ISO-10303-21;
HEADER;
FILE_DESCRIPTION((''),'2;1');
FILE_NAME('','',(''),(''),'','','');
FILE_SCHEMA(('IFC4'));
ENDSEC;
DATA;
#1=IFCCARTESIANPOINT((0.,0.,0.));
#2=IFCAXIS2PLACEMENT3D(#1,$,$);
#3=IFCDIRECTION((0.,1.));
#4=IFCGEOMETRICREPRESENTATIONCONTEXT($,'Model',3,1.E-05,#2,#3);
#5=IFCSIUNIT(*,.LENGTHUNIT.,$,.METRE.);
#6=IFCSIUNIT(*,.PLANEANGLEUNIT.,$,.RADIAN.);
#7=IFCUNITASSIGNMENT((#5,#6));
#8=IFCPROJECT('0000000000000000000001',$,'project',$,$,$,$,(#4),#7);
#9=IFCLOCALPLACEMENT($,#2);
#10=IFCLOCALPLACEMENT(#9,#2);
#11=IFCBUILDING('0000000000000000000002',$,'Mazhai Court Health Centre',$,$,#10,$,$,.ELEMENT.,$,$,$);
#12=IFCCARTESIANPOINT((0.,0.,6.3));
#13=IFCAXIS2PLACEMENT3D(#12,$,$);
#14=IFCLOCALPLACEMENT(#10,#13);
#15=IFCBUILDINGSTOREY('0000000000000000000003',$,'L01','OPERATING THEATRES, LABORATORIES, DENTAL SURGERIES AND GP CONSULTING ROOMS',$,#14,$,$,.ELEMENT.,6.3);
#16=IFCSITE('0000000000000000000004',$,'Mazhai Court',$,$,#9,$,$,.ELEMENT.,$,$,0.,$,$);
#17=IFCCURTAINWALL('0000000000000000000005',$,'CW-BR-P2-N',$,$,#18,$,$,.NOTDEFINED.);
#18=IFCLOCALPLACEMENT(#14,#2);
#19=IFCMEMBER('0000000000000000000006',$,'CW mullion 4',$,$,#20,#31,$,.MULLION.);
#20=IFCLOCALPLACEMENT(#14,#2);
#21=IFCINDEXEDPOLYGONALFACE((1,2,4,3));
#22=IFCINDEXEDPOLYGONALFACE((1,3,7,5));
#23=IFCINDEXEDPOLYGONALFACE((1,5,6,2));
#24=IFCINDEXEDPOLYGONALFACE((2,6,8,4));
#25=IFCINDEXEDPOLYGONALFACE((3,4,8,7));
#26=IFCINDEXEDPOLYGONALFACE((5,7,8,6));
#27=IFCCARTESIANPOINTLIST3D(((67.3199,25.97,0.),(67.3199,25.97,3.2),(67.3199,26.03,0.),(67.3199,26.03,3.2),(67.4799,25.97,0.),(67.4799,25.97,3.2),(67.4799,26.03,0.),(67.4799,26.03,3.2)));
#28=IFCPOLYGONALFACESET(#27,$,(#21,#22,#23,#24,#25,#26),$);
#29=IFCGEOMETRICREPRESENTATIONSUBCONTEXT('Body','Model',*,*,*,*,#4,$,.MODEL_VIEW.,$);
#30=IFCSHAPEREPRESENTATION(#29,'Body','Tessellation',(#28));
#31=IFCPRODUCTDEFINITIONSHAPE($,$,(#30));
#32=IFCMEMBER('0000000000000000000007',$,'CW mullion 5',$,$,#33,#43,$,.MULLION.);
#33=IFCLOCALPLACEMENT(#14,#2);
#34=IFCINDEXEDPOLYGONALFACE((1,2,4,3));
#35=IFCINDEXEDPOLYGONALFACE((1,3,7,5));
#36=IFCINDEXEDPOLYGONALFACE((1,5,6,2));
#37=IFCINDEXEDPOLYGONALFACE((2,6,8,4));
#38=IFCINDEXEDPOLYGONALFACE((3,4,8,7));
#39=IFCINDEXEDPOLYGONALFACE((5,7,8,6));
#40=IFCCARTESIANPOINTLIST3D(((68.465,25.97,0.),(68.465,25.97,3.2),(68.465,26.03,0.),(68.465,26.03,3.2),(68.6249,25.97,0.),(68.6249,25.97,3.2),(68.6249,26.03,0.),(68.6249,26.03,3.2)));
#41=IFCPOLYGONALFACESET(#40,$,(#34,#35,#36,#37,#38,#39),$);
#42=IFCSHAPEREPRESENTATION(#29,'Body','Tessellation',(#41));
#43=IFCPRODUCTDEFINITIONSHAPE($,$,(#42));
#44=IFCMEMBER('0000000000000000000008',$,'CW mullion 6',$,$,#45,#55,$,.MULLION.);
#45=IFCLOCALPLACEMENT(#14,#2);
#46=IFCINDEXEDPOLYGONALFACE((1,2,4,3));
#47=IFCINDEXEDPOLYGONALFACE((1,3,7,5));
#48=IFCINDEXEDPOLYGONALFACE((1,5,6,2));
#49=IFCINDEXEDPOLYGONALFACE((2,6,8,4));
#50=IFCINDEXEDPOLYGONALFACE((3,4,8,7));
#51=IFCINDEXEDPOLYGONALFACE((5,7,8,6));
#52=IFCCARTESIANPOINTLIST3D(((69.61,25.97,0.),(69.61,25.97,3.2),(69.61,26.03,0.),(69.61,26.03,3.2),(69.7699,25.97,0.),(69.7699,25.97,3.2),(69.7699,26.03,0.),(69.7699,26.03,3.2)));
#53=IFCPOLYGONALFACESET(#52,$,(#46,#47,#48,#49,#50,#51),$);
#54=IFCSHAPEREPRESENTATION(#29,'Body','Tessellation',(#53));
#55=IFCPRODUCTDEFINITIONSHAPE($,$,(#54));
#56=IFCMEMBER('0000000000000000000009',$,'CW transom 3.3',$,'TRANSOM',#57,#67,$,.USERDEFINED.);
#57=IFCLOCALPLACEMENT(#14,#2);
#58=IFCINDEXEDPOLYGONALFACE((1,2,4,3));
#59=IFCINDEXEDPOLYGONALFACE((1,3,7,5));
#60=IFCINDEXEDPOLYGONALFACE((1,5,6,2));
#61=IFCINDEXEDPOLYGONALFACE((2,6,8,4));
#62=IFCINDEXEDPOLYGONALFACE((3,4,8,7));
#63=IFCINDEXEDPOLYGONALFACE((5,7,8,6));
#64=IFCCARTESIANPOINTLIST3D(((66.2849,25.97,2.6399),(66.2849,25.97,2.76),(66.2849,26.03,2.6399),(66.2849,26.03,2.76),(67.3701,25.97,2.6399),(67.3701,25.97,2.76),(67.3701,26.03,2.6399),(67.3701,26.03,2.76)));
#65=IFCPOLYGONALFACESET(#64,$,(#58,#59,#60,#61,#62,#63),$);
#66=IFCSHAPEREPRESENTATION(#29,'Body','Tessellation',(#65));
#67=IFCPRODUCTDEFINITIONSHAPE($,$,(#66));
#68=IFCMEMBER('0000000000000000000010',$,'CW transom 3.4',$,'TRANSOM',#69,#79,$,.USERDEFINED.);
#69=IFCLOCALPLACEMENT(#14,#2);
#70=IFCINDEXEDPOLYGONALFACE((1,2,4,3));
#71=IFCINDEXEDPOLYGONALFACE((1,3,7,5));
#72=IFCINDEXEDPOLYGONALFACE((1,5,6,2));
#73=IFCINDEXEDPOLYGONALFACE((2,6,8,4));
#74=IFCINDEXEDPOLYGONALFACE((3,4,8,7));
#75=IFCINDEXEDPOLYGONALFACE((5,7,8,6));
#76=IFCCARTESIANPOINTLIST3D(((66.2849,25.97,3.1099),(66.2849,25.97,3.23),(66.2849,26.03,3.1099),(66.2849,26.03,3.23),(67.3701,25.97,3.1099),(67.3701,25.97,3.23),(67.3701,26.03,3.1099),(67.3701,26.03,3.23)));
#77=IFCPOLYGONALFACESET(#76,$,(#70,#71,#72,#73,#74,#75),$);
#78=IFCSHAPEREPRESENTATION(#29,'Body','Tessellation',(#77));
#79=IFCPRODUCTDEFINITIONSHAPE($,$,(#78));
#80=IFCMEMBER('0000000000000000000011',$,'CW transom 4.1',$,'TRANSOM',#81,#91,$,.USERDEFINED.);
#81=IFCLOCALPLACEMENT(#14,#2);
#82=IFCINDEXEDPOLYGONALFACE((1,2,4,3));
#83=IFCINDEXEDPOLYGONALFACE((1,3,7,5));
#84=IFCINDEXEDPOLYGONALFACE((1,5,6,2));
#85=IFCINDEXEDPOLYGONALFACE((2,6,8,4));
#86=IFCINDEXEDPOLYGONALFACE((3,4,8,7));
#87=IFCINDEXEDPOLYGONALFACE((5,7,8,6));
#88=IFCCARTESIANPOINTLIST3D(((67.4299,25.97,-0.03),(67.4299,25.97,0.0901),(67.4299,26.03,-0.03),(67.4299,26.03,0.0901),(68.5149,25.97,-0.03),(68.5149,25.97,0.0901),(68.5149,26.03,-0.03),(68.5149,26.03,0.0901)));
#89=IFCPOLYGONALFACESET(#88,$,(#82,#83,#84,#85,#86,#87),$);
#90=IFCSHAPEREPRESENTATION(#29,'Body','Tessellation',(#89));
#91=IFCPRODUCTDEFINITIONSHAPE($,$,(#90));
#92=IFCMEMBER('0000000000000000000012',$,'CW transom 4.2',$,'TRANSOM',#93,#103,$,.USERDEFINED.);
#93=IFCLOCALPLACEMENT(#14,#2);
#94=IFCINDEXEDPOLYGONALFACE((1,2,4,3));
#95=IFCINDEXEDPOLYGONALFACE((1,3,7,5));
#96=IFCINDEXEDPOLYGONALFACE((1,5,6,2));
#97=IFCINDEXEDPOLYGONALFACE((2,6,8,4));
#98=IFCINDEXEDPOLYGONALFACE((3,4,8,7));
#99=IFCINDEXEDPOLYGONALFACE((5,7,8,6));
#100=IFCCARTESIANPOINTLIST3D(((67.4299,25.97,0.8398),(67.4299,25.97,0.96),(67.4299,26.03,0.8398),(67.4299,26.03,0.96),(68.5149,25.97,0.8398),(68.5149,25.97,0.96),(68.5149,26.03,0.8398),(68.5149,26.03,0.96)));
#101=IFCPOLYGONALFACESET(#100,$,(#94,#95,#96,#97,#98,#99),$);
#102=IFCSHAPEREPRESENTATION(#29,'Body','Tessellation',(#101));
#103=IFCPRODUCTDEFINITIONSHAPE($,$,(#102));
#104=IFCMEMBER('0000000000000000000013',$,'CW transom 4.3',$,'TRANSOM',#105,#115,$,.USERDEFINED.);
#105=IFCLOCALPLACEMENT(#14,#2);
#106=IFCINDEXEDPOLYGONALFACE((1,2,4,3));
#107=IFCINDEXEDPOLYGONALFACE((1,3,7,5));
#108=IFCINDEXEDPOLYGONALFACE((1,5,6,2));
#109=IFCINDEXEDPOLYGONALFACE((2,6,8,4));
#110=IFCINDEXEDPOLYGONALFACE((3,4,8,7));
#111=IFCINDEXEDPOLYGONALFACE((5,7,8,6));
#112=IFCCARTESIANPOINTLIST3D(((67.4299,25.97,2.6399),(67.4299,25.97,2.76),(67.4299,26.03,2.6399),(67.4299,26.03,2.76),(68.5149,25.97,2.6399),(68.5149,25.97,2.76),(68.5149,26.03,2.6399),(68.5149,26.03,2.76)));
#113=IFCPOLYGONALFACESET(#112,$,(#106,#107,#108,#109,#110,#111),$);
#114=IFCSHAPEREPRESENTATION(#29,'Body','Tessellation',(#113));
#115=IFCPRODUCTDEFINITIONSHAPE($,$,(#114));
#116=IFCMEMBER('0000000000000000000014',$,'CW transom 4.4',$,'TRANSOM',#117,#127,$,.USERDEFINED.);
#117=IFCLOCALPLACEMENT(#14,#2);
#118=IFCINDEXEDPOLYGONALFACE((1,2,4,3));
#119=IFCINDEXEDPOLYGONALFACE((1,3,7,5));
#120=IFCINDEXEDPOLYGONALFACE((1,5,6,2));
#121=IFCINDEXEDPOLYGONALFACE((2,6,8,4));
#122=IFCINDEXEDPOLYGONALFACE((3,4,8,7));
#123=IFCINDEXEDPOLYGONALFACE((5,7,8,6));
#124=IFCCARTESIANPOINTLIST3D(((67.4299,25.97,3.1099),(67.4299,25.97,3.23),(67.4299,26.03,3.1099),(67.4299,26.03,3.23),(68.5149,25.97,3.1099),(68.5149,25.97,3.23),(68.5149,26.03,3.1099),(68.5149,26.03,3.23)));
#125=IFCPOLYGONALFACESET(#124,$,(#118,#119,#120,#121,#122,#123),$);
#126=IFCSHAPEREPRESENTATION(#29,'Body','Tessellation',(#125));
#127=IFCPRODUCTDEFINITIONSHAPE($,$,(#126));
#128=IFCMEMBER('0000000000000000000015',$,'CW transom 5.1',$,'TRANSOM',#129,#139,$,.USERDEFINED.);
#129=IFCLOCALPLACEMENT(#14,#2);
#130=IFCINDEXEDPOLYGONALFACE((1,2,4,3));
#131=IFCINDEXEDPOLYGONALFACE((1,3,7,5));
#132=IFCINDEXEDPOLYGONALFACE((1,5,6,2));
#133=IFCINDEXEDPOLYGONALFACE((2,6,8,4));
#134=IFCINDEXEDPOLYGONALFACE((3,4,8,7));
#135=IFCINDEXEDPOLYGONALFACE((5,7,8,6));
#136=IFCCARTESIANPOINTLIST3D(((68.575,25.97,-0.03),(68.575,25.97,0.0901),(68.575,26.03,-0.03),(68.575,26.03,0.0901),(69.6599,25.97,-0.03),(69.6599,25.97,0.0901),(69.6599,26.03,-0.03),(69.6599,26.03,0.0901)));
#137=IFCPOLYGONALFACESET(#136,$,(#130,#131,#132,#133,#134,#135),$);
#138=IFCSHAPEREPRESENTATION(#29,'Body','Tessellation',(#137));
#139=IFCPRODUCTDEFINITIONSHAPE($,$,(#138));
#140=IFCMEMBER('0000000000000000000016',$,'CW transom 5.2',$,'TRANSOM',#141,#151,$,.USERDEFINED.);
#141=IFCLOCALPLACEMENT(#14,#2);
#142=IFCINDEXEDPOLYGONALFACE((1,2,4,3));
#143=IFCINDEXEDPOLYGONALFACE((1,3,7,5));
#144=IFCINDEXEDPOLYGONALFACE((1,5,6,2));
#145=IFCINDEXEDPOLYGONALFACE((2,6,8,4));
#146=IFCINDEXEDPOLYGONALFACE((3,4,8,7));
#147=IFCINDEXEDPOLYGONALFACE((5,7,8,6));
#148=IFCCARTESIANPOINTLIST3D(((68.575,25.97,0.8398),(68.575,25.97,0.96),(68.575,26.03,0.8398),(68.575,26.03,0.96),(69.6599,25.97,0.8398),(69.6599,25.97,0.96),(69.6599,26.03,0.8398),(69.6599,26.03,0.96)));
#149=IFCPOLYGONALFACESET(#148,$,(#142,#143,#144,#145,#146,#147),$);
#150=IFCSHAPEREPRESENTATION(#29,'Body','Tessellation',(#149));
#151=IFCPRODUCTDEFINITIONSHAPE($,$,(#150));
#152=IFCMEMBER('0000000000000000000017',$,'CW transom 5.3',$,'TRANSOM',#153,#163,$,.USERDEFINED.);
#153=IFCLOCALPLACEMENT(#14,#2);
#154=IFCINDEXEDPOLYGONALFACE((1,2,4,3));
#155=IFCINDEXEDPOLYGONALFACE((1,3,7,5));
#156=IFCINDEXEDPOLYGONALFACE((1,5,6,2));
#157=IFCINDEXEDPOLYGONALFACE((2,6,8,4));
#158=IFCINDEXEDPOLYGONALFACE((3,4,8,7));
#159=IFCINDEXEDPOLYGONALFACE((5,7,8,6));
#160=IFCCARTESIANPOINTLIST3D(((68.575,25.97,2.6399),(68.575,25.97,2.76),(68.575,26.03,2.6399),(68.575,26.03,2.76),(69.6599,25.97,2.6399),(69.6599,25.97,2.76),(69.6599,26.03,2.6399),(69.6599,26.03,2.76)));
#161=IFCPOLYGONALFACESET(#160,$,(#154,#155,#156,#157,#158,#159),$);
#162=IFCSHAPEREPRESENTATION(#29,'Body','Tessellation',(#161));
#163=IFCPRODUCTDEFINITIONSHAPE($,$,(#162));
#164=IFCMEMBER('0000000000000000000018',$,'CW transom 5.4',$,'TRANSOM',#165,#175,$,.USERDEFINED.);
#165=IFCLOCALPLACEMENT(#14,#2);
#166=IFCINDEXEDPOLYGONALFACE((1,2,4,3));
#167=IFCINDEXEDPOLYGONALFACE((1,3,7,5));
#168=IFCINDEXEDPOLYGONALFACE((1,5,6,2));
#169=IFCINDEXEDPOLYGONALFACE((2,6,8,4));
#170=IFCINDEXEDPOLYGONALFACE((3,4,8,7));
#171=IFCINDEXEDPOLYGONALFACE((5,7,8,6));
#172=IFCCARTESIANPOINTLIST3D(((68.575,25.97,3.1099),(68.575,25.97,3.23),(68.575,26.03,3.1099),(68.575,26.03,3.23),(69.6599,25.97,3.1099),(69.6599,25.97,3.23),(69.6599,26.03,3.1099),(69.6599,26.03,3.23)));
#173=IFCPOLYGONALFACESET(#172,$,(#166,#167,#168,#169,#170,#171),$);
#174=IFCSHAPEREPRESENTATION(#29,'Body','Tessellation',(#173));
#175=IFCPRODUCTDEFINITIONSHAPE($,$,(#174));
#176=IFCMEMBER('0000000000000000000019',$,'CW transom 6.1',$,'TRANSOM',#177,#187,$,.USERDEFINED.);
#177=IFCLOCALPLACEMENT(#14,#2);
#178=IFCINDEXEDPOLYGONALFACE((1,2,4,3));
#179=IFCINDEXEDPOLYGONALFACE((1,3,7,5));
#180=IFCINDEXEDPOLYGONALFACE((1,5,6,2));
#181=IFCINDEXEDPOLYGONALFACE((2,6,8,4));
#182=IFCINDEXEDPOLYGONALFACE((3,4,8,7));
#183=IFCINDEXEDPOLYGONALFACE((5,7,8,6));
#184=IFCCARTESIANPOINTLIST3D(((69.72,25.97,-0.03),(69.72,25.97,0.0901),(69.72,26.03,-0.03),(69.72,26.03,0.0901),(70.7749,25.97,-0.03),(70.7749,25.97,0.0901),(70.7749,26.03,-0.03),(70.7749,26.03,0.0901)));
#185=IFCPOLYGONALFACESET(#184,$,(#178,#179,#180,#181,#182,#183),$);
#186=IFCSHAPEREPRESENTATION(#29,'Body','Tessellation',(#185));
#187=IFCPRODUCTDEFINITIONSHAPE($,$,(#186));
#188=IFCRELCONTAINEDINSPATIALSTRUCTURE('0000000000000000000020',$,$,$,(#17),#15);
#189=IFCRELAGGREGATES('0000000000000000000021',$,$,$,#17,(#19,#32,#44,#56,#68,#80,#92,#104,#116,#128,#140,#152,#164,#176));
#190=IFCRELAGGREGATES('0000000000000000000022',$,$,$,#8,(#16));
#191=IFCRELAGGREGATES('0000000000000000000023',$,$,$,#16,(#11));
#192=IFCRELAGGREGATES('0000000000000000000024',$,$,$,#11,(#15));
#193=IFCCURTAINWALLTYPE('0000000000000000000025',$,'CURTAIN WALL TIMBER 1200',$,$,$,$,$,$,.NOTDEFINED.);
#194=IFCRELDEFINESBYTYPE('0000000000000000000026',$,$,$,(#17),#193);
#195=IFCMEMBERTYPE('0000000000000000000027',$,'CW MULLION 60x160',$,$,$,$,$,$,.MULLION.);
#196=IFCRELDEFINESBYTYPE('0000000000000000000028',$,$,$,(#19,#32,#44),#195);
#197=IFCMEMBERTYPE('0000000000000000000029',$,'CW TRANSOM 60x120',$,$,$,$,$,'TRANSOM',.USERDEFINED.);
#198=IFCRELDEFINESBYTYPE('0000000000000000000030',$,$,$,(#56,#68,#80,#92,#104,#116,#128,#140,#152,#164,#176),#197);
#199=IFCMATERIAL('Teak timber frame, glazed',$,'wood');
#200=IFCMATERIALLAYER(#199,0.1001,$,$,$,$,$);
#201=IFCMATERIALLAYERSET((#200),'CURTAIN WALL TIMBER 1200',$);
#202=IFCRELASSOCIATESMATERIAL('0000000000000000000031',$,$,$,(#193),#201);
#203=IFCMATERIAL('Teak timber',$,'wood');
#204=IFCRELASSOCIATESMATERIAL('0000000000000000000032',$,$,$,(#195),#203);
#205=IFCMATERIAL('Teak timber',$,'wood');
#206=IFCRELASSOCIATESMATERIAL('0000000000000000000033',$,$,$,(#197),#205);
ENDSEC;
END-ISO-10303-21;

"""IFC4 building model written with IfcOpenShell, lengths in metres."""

from ifc_helpers import new_model, si_unit, direction, frame, origin, origin_2d, place, context, subcontext, project, spatial, rectangle, extrude, material, layer, layer_set, material_profile, profile_set, type_object, element, aggregate, save


model = new_model("IFC4")

# Units and contexts
model_context = context("Model", 3, precision=1e-05, world=origin(), true_north=direction((0.0, 1.0)))
body_context = subcontext(model_context, "Body", "Model", "MODEL_VIEW")
ifc_project = project(units=[si_unit("LENGTHUNIT", "METRE"), si_unit("PLANEANGLEUNIT", "RADIAN")], contexts=[model_context])

# Site, building, storey
site_placement = place(None, origin())
site = spatial("IfcSite", under=ifc_project, at=site_placement, Name="Mazhai Court", CompositionType="ELEMENT", RefElevation=0.0)
building_placement = place(site_placement, origin())
building = spatial("IfcBuilding", under=site, at=building_placement, Name="Mazhai Court Health Centre", CompositionType="ELEMENT")
storey_placement = place(building_placement, frame((0.0, 0.0, 6.3)))
storey = spatial("IfcBuildingStorey", under=building, at=storey_placement, Name="L01", Description="OPERATING THEATRES, LABORATORIES, DENTAL SURGERIES AND GP CONSULTING ROOMS", CompositionType="ELEMENT", Elevation=6.3)

# Curtain wall, members
ifc_material_1 = material(Name="Teak timber frame, glazed", Category="wood")
ifc_layer_1 = layer(ifc_material_1, 0.1001)
ifc_layer_set_1 = layer_set([ifc_layer_1], Name="CURTAIN WALL TIMBER 1200")
curtain_wall_type = type_object("IfcCurtainWallType", Name="CURTAIN WALL TIMBER 1200", PredefinedType="NOTDEFINED", material=ifc_layer_set_1)
curtain_wall_placement = place(storey_placement, origin())
curtain_wall = element("IfcCurtainWall", 1, at=curtain_wall_placement, inside=storey, type_object=curtain_wall_type, Name="CW-BR-P2-N", PredefinedType="NOTDEFINED")
ifc_material_2 = material(Name="Teak timber", Category="wood")
ifc_material_profile_1 = material_profile(ifc_material_2, rectangle(XDim=0.0601, YDim=0.1599, at=origin_2d()), Name="CW MULLION 60x160")
ifc_profile_set_1 = profile_set([ifc_material_profile_1], Name="Teak timber")
member_type_1 = type_object("IfcMemberType", Name="CW MULLION 60x160", PredefinedType="MULLION", material=ifc_profile_set_1)
member_1_placement = place(storey_placement, frame((67.3999, 26.0, 0.0), z_axis=(0.0, 0.0, 1.0), x_axis=(0.0, 1.0, 0.0)))
member_1 = element("IfcMember", 2, at=member_1_placement, type_object=member_type_1, Name="CW mullion 4", PredefinedType="MULLION", context=body_context, shape_type="SweptSolid", body=[
    extrude(rectangle(XDim=0.0601, YDim=0.1599, at=origin_2d()), origin(), (0.0, 0.0, 1.0), 3.2),
])
member_2_placement = place(storey_placement, frame((68.5449, 26.0, 0.0), z_axis=(0.0, 0.0, 1.0), x_axis=(0.0, 1.0, 0.0)))
member_2 = element("IfcMember", 3, at=member_2_placement, type_object=member_type_1, Name="CW mullion 5", PredefinedType="MULLION", context=body_context, shape_type="SweptSolid", body=[
    extrude(rectangle(XDim=0.0601, YDim=0.1599, at=origin_2d()), origin(), (0.0, 0.0, 1.0), 3.2),
])
member_3_placement = place(storey_placement, frame((69.6899, 26.0, 0.0), z_axis=(0.0, 0.0, 1.0), x_axis=(0.0, 1.0, 0.0)))
member_3 = element("IfcMember", 4, at=member_3_placement, type_object=member_type_1, Name="CW mullion 6", PredefinedType="MULLION", context=body_context, shape_type="SweptSolid", body=[
    extrude(rectangle(XDim=0.0601, YDim=0.1599, at=origin_2d()), origin(), (0.0, 0.0, 1.0), 3.2),
])
ifc_material_3 = material(Name="Teak timber", Category="wood")
ifc_material_profile_2 = material_profile(ifc_material_3, rectangle(XDim=0.0601, YDim=0.1201, at=origin_2d()), Name="CW TRANSOM 60x120")
ifc_profile_set_2 = profile_set([ifc_material_profile_2], Name="Teak timber")
member_type_2 = type_object("IfcMemberType", Name="CW TRANSOM 60x120", ElementType="TRANSOM", PredefinedType="USERDEFINED", material=ifc_profile_set_2)
member_4_placement = place(storey_placement, frame((66.2849, 26.0, 2.7), z_axis=(1.0, 0.0, 0.0), x_axis=(0.0, 1.0, 0.0)))
member_4 = element("IfcMember", 5, at=member_4_placement, type_object=member_type_2, Name="CW transom 3.3", ObjectType="TRANSOM", PredefinedType="USERDEFINED", context=body_context, shape_type="SweptSolid", body=[
    extrude(rectangle(XDim=0.0601, YDim=0.1201, at=origin_2d()), origin(), (0.0, 0.0, 1.0), 1.0852),
])
member_5_placement = place(storey_placement, frame((66.2849, 26.0, 3.1699), z_axis=(1.0, 0.0, 0.0), x_axis=(0.0, 1.0, 0.0)))
member_5 = element("IfcMember", 6, at=member_5_placement, type_object=member_type_2, Name="CW transom 3.4", ObjectType="TRANSOM", PredefinedType="USERDEFINED", context=body_context, shape_type="SweptSolid", body=[
    extrude(rectangle(XDim=0.0601, YDim=0.1201, at=origin_2d()), origin(), (0.0, 0.0, 1.0), 1.0852),
])
member_6_placement = place(storey_placement, frame((67.4299, 26.0, 0.03), z_axis=(1.0, 0.0, 0.0), x_axis=(0.0, 1.0, 0.0)))
member_6 = element("IfcMember", 7, at=member_6_placement, type_object=member_type_2, Name="CW transom 4.1", ObjectType="TRANSOM", PredefinedType="USERDEFINED", context=body_context, shape_type="SweptSolid", body=[
    extrude(rectangle(XDim=0.0601, YDim=0.1201, at=origin_2d()), origin(), (0.0, 0.0, 1.0), 1.085),
])
member_7_placement = place(storey_placement, frame((67.4299, 26.0, 0.8999), z_axis=(1.0, 0.0, 0.0), x_axis=(0.0, 1.0, 0.0)))
member_7 = element("IfcMember", 8, at=member_7_placement, type_object=member_type_2, Name="CW transom 4.2", ObjectType="TRANSOM", PredefinedType="USERDEFINED", context=body_context, shape_type="SweptSolid", body=[
    extrude(rectangle(XDim=0.0601, YDim=0.1201, at=origin_2d()), origin(), (0.0, 0.0, 1.0), 1.085),
])
member_8_placement = place(storey_placement, frame((67.4299, 26.0, 2.7), z_axis=(1.0, 0.0, 0.0), x_axis=(0.0, 1.0, 0.0)))
member_8 = element("IfcMember", 9, at=member_8_placement, type_object=member_type_2, Name="CW transom 4.3", ObjectType="TRANSOM", PredefinedType="USERDEFINED", context=body_context, shape_type="SweptSolid", body=[
    extrude(rectangle(XDim=0.0601, YDim=0.1201, at=origin_2d()), origin(), (0.0, 0.0, 1.0), 1.085),
])
member_9_placement = place(storey_placement, frame((67.4299, 26.0, 3.1699), z_axis=(1.0, 0.0, 0.0), x_axis=(0.0, 1.0, 0.0)))
member_9 = element("IfcMember", 10, at=member_9_placement, type_object=member_type_2, Name="CW transom 4.4", ObjectType="TRANSOM", PredefinedType="USERDEFINED", context=body_context, shape_type="SweptSolid", body=[
    extrude(rectangle(XDim=0.0601, YDim=0.1201, at=origin_2d()), origin(), (0.0, 0.0, 1.0), 1.085),
])
member_10_placement = place(storey_placement, frame((68.575, 26.0, 0.03), z_axis=(1.0, 0.0, 0.0), x_axis=(0.0, 1.0, 0.0)))
member_10 = element("IfcMember", 11, at=member_10_placement, type_object=member_type_2, Name="CW transom 5.1", ObjectType="TRANSOM", PredefinedType="USERDEFINED", context=body_context, shape_type="SweptSolid", body=[
    extrude(rectangle(XDim=0.0601, YDim=0.1201, at=origin_2d()), origin(), (0.0, 0.0, 1.0), 1.085),
])
member_11_placement = place(storey_placement, frame((68.575, 26.0, 0.8999), z_axis=(1.0, 0.0, 0.0), x_axis=(0.0, 1.0, 0.0)))
member_11 = element("IfcMember", 12, at=member_11_placement, type_object=member_type_2, Name="CW transom 5.2", ObjectType="TRANSOM", PredefinedType="USERDEFINED", context=body_context, shape_type="SweptSolid", body=[
    extrude(rectangle(XDim=0.0601, YDim=0.1201, at=origin_2d()), origin(), (0.0, 0.0, 1.0), 1.085),
])
member_12_placement = place(storey_placement, frame((68.575, 26.0, 2.7), z_axis=(1.0, 0.0, 0.0), x_axis=(0.0, 1.0, 0.0)))
member_12 = element("IfcMember", 13, at=member_12_placement, type_object=member_type_2, Name="CW transom 5.3", ObjectType="TRANSOM", PredefinedType="USERDEFINED", context=body_context, shape_type="SweptSolid", body=[
    extrude(rectangle(XDim=0.0601, YDim=0.1201, at=origin_2d()), origin(), (0.0, 0.0, 1.0), 1.085),
])
member_13_placement = place(storey_placement, frame((68.575, 26.0, 3.1699), z_axis=(1.0, 0.0, 0.0), x_axis=(0.0, 1.0, 0.0)))
member_13 = element("IfcMember", 14, at=member_13_placement, type_object=member_type_2, Name="CW transom 5.4", ObjectType="TRANSOM", PredefinedType="USERDEFINED", context=body_context, shape_type="SweptSolid", body=[
    extrude(rectangle(XDim=0.0601, YDim=0.1201, at=origin_2d()), origin(), (0.0, 0.0, 1.0), 1.085),
])
member_14_placement = place(storey_placement, frame((69.72, 26.0, 0.03), z_axis=(1.0, 0.0, 0.0), x_axis=(0.0, 1.0, 0.0)))
member_14 = element("IfcMember", 15, at=member_14_placement, type_object=member_type_2, Name="CW transom 6.1", ObjectType="TRANSOM", PredefinedType="USERDEFINED", context=body_context, shape_type="SweptSolid", body=[
    extrude(rectangle(XDim=0.0601, YDim=0.1201, at=origin_2d()), origin(), (0.0, 0.0, 1.0), 1.0549),
])
aggregate(curtain_wall, [member_1, member_2, member_3, member_4, member_5, member_6, member_7, member_8, member_9, member_10, member_11, member_12, member_13, member_14])

save(model, "model.ifc")
